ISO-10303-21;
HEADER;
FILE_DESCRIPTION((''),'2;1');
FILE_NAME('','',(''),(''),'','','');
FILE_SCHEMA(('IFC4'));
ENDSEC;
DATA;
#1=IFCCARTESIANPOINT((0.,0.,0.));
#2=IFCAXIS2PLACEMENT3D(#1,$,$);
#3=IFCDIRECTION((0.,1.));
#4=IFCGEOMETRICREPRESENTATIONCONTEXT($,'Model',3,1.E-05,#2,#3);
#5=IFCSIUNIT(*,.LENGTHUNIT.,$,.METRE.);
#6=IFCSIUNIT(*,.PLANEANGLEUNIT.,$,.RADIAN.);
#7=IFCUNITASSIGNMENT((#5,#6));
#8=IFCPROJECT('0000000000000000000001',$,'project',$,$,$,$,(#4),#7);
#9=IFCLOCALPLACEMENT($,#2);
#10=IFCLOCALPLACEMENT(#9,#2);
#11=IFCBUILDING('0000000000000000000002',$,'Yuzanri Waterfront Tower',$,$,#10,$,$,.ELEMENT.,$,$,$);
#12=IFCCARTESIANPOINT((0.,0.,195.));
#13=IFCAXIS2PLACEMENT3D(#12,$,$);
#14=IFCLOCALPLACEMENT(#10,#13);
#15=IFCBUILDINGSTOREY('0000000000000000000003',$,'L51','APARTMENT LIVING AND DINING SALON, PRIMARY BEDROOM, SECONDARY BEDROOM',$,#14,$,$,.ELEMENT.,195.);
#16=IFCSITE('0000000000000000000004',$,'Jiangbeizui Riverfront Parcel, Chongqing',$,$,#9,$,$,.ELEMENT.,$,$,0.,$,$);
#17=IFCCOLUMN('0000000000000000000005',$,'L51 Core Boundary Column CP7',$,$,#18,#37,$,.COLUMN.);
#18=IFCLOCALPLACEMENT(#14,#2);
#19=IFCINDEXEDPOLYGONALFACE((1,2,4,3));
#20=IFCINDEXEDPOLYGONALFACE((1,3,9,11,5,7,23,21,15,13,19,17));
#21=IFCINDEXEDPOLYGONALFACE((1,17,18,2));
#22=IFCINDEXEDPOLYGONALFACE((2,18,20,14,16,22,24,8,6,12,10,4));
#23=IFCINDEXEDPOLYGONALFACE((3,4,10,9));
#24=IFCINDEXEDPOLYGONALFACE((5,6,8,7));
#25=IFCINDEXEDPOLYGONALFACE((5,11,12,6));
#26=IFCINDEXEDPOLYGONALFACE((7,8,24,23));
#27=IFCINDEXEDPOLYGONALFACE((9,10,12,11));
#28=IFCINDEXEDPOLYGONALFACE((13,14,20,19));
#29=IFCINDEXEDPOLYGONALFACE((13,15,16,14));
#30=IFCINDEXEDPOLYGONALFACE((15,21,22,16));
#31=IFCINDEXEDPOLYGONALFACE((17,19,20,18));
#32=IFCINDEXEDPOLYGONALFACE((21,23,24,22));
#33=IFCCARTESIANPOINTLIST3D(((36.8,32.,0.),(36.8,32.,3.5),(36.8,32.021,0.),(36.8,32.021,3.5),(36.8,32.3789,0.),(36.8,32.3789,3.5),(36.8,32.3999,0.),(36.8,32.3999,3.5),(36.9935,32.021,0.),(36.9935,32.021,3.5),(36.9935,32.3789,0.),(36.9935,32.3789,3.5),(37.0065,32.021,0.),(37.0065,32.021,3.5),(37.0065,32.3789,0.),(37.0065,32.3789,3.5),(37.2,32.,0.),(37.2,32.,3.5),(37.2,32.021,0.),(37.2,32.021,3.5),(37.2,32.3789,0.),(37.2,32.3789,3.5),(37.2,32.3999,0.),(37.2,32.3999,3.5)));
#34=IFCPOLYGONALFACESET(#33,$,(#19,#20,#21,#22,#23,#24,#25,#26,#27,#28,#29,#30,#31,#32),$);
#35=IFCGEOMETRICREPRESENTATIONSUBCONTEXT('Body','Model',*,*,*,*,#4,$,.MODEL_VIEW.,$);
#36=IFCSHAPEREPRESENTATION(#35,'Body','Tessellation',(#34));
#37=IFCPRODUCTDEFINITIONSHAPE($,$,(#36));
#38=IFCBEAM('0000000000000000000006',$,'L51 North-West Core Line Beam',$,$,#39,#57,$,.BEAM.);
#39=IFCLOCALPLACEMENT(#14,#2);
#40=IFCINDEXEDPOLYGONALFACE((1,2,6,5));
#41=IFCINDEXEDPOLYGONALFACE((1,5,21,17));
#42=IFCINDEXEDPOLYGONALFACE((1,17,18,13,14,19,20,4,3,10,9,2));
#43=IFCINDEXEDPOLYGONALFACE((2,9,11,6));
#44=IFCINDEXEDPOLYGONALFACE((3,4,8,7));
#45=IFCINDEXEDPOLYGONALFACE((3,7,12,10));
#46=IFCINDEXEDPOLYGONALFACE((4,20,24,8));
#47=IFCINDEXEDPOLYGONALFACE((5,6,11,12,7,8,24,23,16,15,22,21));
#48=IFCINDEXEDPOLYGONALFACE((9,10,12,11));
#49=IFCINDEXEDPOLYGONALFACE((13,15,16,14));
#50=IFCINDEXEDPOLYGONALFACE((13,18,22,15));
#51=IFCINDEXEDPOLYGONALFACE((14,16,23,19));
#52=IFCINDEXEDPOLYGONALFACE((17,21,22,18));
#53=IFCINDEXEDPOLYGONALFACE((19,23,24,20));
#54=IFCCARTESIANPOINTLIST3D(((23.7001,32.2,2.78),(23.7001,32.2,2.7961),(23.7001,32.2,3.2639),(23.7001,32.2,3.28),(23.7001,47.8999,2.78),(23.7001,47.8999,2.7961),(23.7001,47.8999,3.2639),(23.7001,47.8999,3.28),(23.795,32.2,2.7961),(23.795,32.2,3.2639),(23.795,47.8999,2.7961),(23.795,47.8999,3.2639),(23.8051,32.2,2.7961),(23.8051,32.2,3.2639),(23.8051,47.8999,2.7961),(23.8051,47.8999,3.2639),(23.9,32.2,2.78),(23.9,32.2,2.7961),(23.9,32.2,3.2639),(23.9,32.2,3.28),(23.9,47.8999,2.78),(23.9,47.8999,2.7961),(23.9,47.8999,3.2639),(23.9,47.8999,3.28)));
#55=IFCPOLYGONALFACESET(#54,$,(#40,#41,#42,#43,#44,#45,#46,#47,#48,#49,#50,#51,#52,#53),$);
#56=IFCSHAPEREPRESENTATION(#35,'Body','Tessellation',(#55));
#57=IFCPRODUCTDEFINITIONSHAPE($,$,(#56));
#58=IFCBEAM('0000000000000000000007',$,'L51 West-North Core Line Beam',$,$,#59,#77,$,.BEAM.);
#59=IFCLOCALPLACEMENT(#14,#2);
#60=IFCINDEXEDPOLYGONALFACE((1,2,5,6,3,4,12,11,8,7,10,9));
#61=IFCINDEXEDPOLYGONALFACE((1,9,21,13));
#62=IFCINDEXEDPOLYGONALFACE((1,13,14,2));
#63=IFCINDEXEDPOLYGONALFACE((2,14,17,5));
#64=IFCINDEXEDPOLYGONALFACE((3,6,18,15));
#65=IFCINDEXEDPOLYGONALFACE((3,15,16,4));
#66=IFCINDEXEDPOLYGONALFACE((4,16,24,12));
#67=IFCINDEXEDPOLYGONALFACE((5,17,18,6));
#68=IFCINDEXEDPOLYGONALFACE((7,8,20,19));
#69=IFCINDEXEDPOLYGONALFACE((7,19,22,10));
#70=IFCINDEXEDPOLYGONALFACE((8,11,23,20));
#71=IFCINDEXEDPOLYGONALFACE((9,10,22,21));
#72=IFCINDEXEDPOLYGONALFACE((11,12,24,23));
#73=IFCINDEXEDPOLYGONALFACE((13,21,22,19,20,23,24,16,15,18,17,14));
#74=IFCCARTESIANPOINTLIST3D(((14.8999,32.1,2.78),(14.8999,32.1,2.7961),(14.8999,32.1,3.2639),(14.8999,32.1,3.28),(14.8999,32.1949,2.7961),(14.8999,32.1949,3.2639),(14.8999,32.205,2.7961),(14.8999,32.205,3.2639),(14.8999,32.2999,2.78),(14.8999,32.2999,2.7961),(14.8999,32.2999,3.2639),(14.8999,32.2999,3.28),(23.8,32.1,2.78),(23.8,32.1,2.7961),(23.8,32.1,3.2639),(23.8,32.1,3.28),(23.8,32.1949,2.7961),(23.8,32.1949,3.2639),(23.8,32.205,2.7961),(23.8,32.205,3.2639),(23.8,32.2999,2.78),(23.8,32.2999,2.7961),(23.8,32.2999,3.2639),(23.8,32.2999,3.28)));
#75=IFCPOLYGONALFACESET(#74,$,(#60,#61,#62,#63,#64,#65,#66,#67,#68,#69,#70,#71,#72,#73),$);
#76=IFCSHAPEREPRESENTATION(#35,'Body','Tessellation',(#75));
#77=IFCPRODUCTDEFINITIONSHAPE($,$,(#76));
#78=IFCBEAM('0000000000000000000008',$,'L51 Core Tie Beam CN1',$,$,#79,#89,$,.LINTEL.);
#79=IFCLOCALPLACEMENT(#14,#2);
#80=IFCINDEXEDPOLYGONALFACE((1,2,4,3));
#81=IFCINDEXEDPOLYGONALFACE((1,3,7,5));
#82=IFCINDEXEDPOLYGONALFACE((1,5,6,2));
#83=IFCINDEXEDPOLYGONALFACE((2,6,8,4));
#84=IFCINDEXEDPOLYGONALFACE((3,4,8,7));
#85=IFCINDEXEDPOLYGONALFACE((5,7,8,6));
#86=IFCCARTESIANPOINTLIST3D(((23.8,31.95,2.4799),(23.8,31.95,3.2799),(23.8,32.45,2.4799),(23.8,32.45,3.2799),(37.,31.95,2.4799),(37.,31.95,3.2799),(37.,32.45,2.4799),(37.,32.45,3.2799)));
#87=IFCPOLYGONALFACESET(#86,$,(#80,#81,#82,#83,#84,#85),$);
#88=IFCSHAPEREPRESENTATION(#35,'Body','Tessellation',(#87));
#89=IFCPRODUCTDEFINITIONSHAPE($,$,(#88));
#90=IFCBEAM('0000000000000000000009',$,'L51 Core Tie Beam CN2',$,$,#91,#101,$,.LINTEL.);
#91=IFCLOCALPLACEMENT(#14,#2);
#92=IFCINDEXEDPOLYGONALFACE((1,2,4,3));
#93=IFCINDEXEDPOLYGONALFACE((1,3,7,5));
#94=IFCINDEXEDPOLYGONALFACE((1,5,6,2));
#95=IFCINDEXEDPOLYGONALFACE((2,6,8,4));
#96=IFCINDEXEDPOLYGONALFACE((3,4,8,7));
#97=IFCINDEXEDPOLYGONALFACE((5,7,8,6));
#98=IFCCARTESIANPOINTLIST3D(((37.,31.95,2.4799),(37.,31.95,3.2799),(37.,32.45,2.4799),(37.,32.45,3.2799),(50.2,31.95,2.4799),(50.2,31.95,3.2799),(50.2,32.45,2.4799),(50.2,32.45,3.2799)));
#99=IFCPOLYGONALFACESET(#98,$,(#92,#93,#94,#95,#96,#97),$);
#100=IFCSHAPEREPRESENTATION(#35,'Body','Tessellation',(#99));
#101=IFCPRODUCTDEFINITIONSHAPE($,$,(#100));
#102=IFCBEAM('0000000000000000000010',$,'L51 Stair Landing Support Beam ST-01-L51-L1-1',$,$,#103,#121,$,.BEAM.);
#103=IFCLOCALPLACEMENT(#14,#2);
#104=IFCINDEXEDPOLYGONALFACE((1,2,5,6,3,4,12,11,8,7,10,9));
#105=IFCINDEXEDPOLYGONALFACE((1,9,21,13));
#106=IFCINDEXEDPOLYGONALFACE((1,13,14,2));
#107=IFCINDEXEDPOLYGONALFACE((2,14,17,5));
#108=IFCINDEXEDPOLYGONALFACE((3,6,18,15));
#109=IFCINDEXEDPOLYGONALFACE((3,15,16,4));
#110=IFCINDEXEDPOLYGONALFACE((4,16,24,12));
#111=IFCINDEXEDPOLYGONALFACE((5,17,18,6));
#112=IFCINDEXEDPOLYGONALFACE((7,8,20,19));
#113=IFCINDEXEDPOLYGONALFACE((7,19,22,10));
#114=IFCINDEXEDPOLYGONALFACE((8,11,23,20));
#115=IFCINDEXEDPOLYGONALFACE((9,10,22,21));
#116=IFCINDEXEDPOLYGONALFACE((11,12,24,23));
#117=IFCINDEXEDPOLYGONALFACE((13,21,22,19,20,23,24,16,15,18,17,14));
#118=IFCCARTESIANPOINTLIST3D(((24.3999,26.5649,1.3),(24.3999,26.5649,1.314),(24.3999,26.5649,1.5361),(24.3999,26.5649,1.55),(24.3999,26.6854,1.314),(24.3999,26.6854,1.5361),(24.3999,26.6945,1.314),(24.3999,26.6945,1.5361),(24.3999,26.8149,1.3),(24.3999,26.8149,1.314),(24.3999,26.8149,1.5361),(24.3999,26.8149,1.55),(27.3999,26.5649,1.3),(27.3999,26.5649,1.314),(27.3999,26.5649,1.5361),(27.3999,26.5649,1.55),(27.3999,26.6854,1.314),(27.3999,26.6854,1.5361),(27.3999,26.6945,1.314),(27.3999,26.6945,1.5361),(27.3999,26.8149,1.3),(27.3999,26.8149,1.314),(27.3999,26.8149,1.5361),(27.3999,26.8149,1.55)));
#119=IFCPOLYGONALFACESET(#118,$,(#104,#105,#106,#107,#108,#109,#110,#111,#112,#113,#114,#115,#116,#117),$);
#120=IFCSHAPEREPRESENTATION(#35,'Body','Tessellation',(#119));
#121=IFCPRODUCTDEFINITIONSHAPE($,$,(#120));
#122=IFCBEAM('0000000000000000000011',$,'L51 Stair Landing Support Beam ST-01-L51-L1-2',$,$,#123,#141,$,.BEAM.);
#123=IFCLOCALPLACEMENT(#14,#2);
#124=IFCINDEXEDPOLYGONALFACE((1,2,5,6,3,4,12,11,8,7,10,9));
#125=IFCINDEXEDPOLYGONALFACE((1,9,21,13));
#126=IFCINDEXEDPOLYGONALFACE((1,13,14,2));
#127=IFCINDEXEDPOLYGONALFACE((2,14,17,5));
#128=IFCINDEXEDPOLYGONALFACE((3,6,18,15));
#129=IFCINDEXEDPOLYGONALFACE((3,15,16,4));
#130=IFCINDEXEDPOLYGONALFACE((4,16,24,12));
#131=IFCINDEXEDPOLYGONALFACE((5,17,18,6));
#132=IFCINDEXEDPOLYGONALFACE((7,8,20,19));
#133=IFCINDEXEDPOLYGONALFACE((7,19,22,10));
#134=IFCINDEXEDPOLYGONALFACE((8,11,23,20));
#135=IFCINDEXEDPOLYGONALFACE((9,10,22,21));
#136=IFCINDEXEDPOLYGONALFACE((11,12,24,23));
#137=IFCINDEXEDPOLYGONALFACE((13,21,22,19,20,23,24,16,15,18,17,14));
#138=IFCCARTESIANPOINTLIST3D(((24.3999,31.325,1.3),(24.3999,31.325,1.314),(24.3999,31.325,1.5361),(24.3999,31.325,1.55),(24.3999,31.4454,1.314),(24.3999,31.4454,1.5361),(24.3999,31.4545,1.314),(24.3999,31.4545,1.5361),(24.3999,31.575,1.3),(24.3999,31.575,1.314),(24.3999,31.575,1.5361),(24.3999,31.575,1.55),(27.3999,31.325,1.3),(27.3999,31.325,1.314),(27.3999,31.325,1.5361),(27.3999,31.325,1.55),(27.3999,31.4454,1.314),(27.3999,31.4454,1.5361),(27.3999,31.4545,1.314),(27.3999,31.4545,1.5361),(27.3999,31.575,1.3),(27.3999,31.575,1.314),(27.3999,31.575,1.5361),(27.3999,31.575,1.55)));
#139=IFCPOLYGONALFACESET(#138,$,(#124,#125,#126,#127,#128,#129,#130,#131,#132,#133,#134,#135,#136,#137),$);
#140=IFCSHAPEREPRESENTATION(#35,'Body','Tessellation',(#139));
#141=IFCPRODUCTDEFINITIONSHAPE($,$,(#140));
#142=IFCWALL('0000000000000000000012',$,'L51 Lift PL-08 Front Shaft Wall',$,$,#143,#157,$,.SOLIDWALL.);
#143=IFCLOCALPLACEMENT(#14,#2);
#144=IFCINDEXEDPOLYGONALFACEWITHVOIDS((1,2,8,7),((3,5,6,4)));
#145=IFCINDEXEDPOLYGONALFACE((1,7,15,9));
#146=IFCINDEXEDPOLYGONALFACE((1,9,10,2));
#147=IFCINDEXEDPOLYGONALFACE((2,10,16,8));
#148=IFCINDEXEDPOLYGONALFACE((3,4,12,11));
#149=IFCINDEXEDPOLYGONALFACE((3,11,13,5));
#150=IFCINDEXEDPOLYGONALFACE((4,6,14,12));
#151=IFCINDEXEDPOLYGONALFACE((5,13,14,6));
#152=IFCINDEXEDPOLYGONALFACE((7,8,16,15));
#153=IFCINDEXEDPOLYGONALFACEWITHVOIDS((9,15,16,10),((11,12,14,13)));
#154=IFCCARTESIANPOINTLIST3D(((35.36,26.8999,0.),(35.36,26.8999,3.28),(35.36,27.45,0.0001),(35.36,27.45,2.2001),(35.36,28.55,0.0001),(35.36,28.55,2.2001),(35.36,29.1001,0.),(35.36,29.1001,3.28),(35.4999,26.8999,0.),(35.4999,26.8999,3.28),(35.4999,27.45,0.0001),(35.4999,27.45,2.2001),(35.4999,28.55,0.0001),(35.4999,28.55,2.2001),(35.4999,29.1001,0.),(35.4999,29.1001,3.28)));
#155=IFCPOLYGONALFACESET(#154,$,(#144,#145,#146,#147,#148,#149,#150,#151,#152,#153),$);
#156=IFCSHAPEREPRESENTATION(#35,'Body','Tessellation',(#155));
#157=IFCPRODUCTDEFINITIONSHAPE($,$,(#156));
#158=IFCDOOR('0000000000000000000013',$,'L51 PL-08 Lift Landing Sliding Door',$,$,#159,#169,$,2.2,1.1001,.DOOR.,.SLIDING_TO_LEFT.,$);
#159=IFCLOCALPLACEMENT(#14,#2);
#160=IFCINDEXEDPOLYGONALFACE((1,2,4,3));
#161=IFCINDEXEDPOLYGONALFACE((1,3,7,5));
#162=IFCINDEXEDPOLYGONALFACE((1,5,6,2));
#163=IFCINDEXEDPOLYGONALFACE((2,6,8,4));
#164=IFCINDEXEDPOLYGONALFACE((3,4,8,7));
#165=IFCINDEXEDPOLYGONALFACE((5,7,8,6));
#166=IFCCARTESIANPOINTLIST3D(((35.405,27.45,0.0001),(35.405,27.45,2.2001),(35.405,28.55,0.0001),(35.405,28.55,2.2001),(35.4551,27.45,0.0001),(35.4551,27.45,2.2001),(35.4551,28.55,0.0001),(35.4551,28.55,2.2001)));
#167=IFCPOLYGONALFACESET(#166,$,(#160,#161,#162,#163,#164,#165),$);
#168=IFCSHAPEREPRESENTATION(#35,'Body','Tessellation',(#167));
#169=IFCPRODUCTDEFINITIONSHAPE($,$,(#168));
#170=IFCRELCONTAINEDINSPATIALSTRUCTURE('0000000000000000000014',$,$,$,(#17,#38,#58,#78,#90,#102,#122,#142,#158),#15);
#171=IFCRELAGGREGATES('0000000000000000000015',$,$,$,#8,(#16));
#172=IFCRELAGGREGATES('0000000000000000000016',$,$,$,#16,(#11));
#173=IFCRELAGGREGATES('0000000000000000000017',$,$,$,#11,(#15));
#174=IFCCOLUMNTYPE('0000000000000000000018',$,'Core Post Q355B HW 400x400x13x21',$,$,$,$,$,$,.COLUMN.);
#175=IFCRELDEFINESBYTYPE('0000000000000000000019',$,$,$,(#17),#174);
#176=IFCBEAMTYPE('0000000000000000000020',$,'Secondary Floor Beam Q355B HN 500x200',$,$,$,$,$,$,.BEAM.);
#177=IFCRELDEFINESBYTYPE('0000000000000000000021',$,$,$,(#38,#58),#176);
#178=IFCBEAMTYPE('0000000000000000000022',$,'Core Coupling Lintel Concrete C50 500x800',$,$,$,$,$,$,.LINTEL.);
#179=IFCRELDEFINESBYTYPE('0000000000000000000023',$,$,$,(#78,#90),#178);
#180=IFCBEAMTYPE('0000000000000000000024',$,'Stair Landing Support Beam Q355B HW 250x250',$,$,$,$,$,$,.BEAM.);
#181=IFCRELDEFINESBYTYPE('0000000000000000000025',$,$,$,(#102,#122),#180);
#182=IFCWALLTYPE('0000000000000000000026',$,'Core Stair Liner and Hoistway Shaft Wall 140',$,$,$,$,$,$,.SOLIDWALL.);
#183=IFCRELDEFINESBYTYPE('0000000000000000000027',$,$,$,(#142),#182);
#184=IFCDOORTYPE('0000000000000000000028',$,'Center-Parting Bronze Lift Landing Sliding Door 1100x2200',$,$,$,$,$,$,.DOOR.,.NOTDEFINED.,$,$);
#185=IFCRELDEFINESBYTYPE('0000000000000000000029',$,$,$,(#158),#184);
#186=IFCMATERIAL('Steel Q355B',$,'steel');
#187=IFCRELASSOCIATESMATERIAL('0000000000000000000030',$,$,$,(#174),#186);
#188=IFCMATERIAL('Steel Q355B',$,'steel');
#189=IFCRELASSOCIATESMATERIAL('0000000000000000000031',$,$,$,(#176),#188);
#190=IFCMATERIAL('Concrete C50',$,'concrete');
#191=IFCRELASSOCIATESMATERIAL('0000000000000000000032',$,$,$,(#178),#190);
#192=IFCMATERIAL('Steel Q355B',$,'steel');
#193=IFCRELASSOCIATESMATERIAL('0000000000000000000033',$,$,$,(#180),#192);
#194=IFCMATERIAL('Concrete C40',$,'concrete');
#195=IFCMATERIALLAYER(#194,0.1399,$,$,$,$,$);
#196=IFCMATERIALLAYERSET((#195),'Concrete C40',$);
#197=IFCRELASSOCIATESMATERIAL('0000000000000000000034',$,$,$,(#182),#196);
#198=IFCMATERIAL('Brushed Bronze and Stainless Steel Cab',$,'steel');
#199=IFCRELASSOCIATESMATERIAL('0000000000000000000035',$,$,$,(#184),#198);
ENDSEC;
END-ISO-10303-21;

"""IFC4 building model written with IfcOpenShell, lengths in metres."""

from ifc_helpers import new_model, si_unit, direction, frame, frame_2d, origin, origin_2d, place, context, subcontext, project, spatial, rectangle, i_section, extrude, source, transform, mapped, material, layer, layer_set, material_profile, profile_set, type_object, element, fill, save


model = new_model("IFC4")

# Units and contexts
model_context = context("Model", 3, precision=1e-05, world=origin(), true_north=direction((0.0, 1.0)))
body_context = subcontext(model_context, "Body", "Model", "MODEL_VIEW")
ifc_project = project(units=[si_unit("LENGTHUNIT", "METRE"), si_unit("PLANEANGLEUNIT", "RADIAN")], contexts=[model_context])

# Site, building, storey
site_placement = place(None, origin())
site = spatial("IfcSite", under=ifc_project, at=site_placement, Name="Jiangbeizui Riverfront Parcel, Chongqing", CompositionType="ELEMENT", RefElevation=0.0)
building_placement = place(site_placement, origin())
building = spatial("IfcBuilding", under=site, at=building_placement, Name="Yuzanri Waterfront Tower", CompositionType="ELEMENT")
storey_placement = place(building_placement, frame((0.0, 0.0, 195.0)))
storey = spatial("IfcBuildingStorey", under=building, at=storey_placement, Name="L51", Description="APARTMENT LIVING AND DINING SALON, PRIMARY BEDROOM, SECONDARY BEDROOM", CompositionType="ELEMENT", Elevation=195.0)

# Column
ifc_material_1 = material(Name="Steel Q355B", Category="steel")
ifc_material_profile_1 = material_profile(ifc_material_1, i_section(OverallWidth=0.3999, OverallDepth=0.3999, WebThickness=0.0129, FlangeThickness=0.021, at=origin_2d()), Name="HW 400x400x13x21")
ifc_profile_set_1 = profile_set([ifc_material_profile_1], Name="Steel Q355B")
column_type = type_object("IfcColumnType", Name="Core Post Q355B HW 400x400x13x21", PredefinedType="COLUMN", material=ifc_profile_set_1)
shared_shape_1 = source(origin(), body_context, "Body", "SweptSolid", [
    extrude(i_section(OverallWidth=0.3999, OverallDepth=0.3999, WebThickness=0.0129, FlangeThickness=0.021, at=origin_2d()), origin(), (0.0, 0.0, 1.0), 3.5),
])
column_placement = place(storey_placement, frame((37.0, 32.2, 0.0), z_axis=(0.0, 0.0, 1.0), x_axis=(1.0, 0.0, 0.0)))
element("IfcColumn", 1, at=column_placement, inside=storey, type_object=column_type, Name="L51 Core Boundary Column CP7", PredefinedType="COLUMN", context=body_context, shape_type="MappedRepresentation", body=[
    mapped(shared_shape_1, transform((0.0, 0.0, 0.0), scale=1.0)),
])

# Beams
ifc_material_2 = material(Name="Steel Q355B", Category="steel")
ifc_material_profile_2 = material_profile(ifc_material_2, i_section(OverallWidth=0.2, OverallDepth=0.5, WebThickness=0.01, FlangeThickness=0.0161, at=origin_2d()), Name="HN 500x200x10x16")
ifc_profile_set_2 = profile_set([ifc_material_profile_2], Name="Steel Q355B")
beam_type_1 = type_object("IfcBeamType", Name="Secondary Floor Beam Q355B HN 500x200", PredefinedType="BEAM", material=ifc_profile_set_2)
shared_shape_2 = source(origin(), body_context, "Body", "SweptSolid", [
    extrude(i_section(OverallWidth=0.2, OverallDepth=0.5, WebThickness=0.01, FlangeThickness=0.0161, at=origin_2d()), origin(), (0.0, 0.0, 1.0), 15.7),
])
beam_1_placement = place(storey_placement, frame((23.8, 32.2, 3.03), z_axis=(0.0, 1.0, 0.0), x_axis=(-1.0, 0.0, 0.0)))
element("IfcBeam", 2, at=beam_1_placement, inside=storey, type_object=beam_type_1, Name="L51 North-West Core Line Beam", PredefinedType="BEAM", context=body_context, shape_type="MappedRepresentation", body=[
    mapped(shared_shape_2, transform((0.0, 0.0, 0.0), scale=1.0)),
])
shared_shape_3 = source(origin(), body_context, "Body", "SweptSolid", [
    extrude(i_section(OverallWidth=0.2, OverallDepth=0.5, WebThickness=0.01, FlangeThickness=0.0161, at=origin_2d()), origin(), (0.0, 0.0, 1.0), 8.9001),
])
beam_2_placement = place(storey_placement, frame((23.8, 32.2, 3.03), z_axis=(-1.0, 0.0, 0.0), x_axis=(0.0, -1.0, 0.0)))
element("IfcBeam", 3, at=beam_2_placement, inside=storey, type_object=beam_type_1, Name="L51 West-North Core Line Beam", PredefinedType="BEAM", context=body_context, shape_type="MappedRepresentation", body=[
    mapped(shared_shape_3, transform((0.0, 0.0, 0.0), scale=1.0)),
])
ifc_material_3 = material(Name="Concrete C50", Category="concrete")
ifc_material_profile_3 = material_profile(ifc_material_3, rectangle(XDim=0.5, YDim=0.8, at=origin_2d()), Name="RC 500x800")
ifc_profile_set_3 = profile_set([ifc_material_profile_3], Name="Concrete C50")
beam_type_2 = type_object("IfcBeamType", Name="Core Coupling Lintel Concrete C50 500x800", PredefinedType="LINTEL", material=ifc_profile_set_3)
shared_shape_4 = source(origin(), body_context, "Body", "SweptSolid", [
    extrude(rectangle(XDim=0.5, YDim=0.8, at=origin_2d()), origin(), (0.0, 0.0, 1.0), 13.2),
])
for number, where, z_axis, x_axis, name in (
    (4, (23.8, 32.2, 2.8799), (1.0, 0.0, 0.0), (0.0, 1.0, 0.0), "L51 Core Tie Beam CN1"),
    (5, (37.0, 32.2, 2.8799), (1.0, 0.0, 0.0), (0.0, 1.0, 0.0), "L51 Core Tie Beam CN2"),
):
    element("IfcBeam", number, at=place(storey_placement, frame(where, z_axis=z_axis, x_axis=x_axis)), inside=storey, type_object=beam_type_2, Name=name, PredefinedType="LINTEL", context=body_context, shape_type="MappedRepresentation", body=[
        mapped(shared_shape_4, transform((0.0, 0.0, 0.0), scale=1.0)),
    ])
ifc_material_4 = material(Name="Steel Q355B", Category="steel")
ifc_material_profile_4 = material_profile(ifc_material_4, i_section(OverallWidth=0.25, OverallDepth=0.25, WebThickness=0.009, FlangeThickness=0.0139, at=origin_2d()), Name="HW 250x250x9x14")
ifc_profile_set_4 = profile_set([ifc_material_profile_4], Name="Steel Q355B")
beam_type_3 = type_object("IfcBeamType", Name="Stair Landing Support Beam Q355B HW 250x250", PredefinedType="BEAM", material=ifc_profile_set_4)
shared_shape_5 = source(origin(), body_context, "Body", "SweptSolid", [
    extrude(i_section(OverallWidth=0.25, OverallDepth=0.25, WebThickness=0.009, FlangeThickness=0.0139, at=origin_2d()), origin(), (0.0, 0.0, 1.0), 3.0),
])
for number, where, z_axis, x_axis, name in (
    (6, (24.3999, 26.6899, 1.425), (1.0, 0.0, 0.0), (0.0, 1.0, 0.0), "L51 Stair Landing Support Beam ST-01-L51-L1-1"),
    (7, (24.3999, 31.45, 1.425), (1.0, 0.0, 0.0), (0.0, 1.0, 0.0), "L51 Stair Landing Support Beam ST-01-L51-L1-2"),
):
    element("IfcBeam", number, at=place(storey_placement, frame(where, z_axis=z_axis, x_axis=x_axis)), inside=storey, type_object=beam_type_3, Name=name, PredefinedType="BEAM", context=body_context, shape_type="MappedRepresentation", body=[
        mapped(shared_shape_5, transform((0.0, 0.0, 0.0), scale=1.0)),
    ])

# Wall, opening, door
ifc_material_5 = material(Name="Concrete C40", Category="concrete")
ifc_layer_1 = layer(ifc_material_5, 0.1399)
ifc_layer_set_1 = layer_set([ifc_layer_1], Name="Concrete C40")
wall_type_1 = type_object("IfcWallType", Name="Core Stair Liner and Hoistway Shaft Wall 140", PredefinedType="SOLIDWALL", material=ifc_layer_set_1)
wall_1_placement = place(storey_placement, frame((35.4299, 26.8999, 0.0), z_axis=(0.0, 0.0, 1.0), x_axis=(0.0, 1.0, 0.0)))
wall_1 = element("IfcWall", 8, at=wall_1_placement, inside=storey, type_object=wall_type_1, Name="L51 Lift PL-08 Front Shaft Wall", PredefinedType="SOLIDWALL", context=body_context, shape_type="SweptSolid", body=[
    extrude(rectangle(XDim=2.2002, YDim=0.1399, at=frame_2d((1.1001, 0.0))), origin(), (0.0, 0.0, 1.0), 3.28),
])
opening_1_placement = place(wall_1_placement, frame((0.55, 0.0, 0.0)))
opening_1 = element("IfcOpeningElement", 9, at=opening_1_placement, cuts=wall_1, PredefinedType="OPENING", context=body_context, shape_type="SweptSolid", body=[
    extrude(rectangle(XDim=1.1001, YDim=2.2, at=frame_2d((0.55, 1.1001))), frame((0.0, 0.085, 0.0), z_axis=(0.0, -1.0, 0.0), x_axis=(1.0, 0.0, 0.0)), (0.0, 0.0, 1.0), 0.1697),
])
ifc_material_6 = material(Name="Brushed Bronze and Stainless Steel Cab", Category="steel")
door_type_1 = type_object("IfcDoorType", Name="Center-Parting Bronze Lift Landing Sliding Door 1100x2200", OperationType="NOTDEFINED", PredefinedType="DOOR", material=ifc_material_6)
shared_shape_6 = source(origin(), body_context, "Body", "SweptSolid", [
    extrude(rectangle(XDim=1.1001, YDim=2.2, at=frame_2d((0.55, 1.1001))), frame((0.0, 0.0249, 0.0), z_axis=(0.0, -1.0, 0.0), x_axis=(1.0, 0.0, 0.0)), (0.0, 0.0, 1.0), 0.05),
])
door_1_placement = place(opening_1_placement, origin())
door_1 = element("IfcDoor", 10, at=door_1_placement, inside=storey, type_object=door_type_1, Name="L51 PL-08 Lift Landing Sliding Door", OperationType="SLIDING_TO_LEFT", OverallHeight=2.2, OverallWidth=1.1001, PredefinedType="DOOR", context=body_context, shape_type="MappedRepresentation", body=[
    mapped(shared_shape_6, transform((0.0, 0.0, 0.0), scale=1.0)),
])
fill(opening_1, door_1)

save(model, "model.ifc")
